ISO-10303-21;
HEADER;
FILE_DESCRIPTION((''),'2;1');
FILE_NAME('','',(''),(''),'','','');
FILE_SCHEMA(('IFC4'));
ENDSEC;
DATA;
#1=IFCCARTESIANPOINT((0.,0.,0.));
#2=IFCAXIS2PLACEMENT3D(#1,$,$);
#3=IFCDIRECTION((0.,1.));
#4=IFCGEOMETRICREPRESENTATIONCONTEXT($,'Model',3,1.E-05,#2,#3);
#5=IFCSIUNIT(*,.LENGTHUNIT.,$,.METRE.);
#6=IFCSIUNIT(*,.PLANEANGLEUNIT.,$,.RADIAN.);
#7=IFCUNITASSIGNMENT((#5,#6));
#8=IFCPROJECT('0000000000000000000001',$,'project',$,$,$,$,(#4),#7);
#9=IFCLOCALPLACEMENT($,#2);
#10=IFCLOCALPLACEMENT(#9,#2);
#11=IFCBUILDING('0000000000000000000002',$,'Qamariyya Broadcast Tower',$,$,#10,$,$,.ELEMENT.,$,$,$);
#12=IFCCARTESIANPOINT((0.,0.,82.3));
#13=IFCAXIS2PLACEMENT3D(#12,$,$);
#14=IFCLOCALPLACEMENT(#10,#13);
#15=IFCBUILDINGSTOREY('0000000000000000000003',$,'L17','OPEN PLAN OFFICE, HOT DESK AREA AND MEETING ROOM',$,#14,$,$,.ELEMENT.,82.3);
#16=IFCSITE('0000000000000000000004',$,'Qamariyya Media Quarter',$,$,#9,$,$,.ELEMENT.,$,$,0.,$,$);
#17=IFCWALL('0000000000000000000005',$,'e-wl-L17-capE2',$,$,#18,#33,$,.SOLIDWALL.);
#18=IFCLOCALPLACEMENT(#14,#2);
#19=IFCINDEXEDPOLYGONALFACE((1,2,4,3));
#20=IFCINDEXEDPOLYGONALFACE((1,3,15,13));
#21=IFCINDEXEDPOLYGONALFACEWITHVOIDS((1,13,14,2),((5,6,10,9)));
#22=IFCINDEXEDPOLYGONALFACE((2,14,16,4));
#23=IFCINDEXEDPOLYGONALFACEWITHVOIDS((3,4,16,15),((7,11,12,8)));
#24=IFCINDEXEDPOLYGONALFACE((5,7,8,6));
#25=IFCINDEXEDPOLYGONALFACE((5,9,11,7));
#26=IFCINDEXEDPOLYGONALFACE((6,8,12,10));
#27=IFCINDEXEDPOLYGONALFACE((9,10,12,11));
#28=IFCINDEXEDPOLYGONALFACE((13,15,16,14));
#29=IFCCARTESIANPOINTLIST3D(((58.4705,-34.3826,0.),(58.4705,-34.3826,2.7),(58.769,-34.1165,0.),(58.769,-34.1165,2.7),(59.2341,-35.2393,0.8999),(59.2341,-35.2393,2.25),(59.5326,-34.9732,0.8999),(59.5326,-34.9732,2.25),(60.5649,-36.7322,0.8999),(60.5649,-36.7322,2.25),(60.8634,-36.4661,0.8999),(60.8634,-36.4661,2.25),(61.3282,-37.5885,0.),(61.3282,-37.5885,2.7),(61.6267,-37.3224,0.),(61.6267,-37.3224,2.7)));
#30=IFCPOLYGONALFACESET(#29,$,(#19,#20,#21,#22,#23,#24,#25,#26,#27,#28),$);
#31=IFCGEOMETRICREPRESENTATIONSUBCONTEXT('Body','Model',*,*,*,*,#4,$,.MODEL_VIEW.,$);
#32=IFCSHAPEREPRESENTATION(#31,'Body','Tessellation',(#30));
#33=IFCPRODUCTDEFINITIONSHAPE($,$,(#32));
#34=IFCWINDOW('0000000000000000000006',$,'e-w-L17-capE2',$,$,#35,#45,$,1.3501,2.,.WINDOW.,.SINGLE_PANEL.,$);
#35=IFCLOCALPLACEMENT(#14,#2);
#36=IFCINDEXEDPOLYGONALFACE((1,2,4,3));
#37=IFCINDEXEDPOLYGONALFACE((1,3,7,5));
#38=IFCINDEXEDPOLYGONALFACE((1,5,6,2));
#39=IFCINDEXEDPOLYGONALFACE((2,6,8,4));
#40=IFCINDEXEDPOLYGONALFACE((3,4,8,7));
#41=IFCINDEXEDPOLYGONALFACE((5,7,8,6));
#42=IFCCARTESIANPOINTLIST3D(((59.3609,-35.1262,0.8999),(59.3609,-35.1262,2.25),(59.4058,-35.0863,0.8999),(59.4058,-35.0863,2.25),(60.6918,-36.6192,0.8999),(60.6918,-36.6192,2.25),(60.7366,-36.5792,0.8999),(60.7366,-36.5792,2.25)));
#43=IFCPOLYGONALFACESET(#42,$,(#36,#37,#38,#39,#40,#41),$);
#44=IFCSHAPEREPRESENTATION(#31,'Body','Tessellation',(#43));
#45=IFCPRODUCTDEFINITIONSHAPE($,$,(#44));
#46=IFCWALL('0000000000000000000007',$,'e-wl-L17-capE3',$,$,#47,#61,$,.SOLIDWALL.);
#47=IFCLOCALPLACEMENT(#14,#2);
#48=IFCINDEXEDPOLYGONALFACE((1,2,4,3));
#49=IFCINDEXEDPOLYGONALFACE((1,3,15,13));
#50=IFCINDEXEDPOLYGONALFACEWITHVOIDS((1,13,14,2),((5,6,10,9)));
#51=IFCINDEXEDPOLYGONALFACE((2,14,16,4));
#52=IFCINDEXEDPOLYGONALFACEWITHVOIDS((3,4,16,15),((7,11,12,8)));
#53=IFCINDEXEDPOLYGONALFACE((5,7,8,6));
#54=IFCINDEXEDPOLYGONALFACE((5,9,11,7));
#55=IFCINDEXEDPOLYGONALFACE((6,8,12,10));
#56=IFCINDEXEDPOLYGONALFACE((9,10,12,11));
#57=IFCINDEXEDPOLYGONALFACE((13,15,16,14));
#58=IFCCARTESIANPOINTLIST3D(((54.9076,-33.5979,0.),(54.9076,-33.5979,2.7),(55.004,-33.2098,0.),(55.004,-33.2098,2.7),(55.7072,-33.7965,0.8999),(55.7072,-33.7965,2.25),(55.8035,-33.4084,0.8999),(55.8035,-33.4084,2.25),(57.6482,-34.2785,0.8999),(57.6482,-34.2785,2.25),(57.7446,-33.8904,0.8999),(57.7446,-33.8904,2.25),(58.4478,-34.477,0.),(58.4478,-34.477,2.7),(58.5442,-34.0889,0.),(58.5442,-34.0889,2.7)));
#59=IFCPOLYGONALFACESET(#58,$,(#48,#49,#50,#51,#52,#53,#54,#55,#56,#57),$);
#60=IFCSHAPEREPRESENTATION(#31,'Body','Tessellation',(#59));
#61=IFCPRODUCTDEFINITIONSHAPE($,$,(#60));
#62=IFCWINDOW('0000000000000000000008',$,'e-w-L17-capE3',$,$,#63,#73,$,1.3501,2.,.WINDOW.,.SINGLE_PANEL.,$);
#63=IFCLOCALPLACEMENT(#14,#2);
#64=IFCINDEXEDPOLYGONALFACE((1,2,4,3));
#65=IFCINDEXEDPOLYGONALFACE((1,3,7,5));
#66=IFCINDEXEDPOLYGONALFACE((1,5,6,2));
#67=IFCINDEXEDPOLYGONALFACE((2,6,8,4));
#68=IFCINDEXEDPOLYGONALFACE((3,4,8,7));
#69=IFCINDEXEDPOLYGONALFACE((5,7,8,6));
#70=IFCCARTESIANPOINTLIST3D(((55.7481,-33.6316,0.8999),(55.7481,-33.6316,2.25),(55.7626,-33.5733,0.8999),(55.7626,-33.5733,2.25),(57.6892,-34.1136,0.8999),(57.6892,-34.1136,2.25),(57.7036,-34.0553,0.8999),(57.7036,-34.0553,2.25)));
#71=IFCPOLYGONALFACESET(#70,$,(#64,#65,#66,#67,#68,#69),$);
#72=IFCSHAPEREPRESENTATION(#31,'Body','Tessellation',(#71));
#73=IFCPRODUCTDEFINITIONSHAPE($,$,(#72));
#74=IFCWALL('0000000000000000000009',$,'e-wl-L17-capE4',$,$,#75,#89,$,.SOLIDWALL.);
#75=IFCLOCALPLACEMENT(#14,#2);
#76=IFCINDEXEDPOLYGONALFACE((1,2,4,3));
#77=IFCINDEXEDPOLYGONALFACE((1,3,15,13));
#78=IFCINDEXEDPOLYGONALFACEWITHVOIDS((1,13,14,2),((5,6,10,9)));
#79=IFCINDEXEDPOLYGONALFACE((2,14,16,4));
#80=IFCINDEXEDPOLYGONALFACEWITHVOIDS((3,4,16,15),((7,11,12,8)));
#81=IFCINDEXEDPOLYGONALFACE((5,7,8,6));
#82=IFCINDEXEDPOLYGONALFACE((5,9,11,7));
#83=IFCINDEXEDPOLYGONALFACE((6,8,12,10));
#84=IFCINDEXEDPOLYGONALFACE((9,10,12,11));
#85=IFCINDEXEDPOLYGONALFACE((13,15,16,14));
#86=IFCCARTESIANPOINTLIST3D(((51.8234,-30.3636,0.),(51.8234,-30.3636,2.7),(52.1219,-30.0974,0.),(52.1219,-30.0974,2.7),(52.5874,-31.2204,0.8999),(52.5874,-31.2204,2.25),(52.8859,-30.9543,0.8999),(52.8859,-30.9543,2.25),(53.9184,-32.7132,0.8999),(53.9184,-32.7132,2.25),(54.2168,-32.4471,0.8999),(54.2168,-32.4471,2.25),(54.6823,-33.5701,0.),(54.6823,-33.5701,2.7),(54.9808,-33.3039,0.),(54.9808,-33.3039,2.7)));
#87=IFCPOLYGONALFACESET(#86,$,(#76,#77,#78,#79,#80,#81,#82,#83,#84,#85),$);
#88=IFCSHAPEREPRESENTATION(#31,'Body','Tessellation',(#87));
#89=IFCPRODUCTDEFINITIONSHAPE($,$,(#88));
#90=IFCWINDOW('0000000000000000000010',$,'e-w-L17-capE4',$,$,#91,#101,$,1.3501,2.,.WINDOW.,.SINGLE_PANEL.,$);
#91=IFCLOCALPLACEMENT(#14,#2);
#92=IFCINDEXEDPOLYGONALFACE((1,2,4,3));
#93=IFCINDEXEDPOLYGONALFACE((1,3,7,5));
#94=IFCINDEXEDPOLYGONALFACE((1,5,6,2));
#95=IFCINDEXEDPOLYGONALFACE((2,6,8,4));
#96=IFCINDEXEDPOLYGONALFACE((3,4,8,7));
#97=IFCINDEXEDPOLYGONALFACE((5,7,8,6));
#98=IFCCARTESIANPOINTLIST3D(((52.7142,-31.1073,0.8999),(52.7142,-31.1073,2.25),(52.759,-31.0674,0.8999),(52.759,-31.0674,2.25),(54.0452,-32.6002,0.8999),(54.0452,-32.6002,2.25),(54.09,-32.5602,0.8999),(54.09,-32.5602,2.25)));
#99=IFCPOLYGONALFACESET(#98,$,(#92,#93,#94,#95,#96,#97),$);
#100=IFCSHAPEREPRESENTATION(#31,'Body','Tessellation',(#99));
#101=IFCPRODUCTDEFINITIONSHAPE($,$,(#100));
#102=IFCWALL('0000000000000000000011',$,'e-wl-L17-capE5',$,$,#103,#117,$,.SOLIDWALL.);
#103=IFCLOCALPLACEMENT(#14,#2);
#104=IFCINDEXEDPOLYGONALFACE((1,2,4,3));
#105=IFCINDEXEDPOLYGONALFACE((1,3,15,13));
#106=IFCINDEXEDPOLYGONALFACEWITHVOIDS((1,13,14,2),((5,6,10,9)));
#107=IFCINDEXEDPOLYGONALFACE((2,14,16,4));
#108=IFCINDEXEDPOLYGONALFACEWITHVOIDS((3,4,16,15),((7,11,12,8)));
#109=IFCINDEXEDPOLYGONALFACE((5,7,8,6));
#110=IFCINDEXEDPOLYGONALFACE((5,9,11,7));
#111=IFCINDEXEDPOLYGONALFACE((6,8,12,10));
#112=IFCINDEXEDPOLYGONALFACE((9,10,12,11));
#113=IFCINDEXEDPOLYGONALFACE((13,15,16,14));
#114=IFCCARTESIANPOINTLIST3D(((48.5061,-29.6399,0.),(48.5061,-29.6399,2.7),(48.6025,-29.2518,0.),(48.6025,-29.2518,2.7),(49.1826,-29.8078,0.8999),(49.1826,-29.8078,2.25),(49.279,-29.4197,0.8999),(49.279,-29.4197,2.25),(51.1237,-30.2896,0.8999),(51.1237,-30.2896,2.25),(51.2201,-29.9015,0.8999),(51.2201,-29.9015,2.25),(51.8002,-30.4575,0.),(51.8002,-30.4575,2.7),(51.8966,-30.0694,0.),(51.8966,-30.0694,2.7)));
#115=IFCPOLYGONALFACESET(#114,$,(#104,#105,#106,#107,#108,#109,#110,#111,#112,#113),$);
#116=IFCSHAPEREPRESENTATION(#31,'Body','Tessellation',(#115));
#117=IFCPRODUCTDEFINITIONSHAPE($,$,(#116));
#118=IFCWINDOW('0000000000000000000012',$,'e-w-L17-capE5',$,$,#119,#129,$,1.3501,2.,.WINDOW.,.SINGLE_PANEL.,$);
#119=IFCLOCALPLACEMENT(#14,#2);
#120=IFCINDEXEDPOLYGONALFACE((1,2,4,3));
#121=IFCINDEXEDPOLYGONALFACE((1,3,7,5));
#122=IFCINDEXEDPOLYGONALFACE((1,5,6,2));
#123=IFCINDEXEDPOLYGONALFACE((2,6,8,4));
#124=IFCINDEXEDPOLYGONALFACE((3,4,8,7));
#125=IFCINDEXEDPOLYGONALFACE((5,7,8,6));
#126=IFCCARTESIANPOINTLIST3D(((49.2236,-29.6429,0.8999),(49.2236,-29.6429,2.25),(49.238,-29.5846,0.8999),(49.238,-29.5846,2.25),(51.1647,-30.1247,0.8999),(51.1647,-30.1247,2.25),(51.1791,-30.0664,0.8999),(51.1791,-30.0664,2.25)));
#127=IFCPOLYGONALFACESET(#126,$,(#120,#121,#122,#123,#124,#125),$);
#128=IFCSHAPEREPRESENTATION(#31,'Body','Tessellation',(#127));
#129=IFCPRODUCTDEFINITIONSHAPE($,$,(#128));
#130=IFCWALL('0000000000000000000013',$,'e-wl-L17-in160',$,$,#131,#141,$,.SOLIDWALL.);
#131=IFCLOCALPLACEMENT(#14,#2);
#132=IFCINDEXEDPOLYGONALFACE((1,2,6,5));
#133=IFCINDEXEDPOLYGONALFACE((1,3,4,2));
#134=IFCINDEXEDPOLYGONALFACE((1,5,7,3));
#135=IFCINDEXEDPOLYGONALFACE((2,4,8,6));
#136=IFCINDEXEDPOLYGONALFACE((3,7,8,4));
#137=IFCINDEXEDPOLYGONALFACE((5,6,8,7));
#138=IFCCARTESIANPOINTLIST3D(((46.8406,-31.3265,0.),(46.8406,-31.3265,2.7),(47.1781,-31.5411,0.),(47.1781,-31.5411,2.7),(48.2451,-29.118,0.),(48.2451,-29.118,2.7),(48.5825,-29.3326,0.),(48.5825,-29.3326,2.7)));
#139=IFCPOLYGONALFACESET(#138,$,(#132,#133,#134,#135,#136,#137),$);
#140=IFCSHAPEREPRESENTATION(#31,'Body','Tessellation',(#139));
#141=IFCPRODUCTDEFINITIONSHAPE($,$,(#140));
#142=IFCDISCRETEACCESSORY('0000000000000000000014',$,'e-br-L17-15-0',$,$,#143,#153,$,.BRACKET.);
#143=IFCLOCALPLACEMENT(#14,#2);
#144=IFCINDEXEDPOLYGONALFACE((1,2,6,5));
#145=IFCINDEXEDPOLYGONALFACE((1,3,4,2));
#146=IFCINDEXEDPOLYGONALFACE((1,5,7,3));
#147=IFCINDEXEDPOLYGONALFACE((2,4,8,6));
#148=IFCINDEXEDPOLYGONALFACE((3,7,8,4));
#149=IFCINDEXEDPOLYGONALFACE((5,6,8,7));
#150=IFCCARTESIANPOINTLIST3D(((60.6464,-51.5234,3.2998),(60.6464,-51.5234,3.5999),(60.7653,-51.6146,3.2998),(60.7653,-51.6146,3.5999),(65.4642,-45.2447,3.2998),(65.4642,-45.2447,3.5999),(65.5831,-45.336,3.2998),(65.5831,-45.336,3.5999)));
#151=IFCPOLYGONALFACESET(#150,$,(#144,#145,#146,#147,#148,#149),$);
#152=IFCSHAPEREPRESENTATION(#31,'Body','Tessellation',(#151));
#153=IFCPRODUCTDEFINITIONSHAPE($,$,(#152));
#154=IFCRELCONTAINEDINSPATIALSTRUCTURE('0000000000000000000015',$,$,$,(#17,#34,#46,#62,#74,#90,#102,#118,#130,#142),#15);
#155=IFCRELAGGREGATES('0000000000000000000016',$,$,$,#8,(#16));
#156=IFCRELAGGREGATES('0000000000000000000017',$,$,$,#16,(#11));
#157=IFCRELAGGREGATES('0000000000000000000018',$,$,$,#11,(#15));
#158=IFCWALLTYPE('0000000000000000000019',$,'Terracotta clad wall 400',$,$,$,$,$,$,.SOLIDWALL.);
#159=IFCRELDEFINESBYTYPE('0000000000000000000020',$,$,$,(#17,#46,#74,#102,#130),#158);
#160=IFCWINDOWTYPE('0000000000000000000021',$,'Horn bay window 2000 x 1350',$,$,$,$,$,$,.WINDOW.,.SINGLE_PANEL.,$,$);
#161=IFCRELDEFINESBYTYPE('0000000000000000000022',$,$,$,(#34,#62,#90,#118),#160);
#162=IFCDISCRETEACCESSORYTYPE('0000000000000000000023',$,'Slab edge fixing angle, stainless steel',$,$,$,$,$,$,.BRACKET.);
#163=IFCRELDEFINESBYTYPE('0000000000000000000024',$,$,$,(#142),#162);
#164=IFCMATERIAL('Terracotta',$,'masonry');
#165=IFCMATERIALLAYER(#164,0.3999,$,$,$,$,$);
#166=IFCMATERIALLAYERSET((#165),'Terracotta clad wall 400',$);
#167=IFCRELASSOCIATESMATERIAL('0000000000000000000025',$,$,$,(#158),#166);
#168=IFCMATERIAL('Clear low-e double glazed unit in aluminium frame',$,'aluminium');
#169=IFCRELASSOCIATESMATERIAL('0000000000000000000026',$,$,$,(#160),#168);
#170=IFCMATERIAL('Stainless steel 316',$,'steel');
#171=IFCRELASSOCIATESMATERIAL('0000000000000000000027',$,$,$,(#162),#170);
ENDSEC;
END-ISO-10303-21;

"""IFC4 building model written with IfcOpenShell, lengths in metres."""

from ifc_helpers import new_model, si_unit, direction, frame, frame_2d, origin, origin_2d, place, context, subcontext, project, spatial, rectangle, extrude, material, layer, layer_set, type_object, element, fill, save


model = new_model("IFC4")

# Units and contexts
model_context = context("Model", 3, precision=1e-05, world=origin(), true_north=direction((0.0, 1.0)))
body_context = subcontext(model_context, "Body", "Model", "MODEL_VIEW")
ifc_project = project(units=[si_unit("LENGTHUNIT", "METRE"), si_unit("PLANEANGLEUNIT", "RADIAN")], contexts=[model_context])

# Site, building, storey
site_placement = place(None, origin())
site = spatial("IfcSite", under=ifc_project, at=site_placement, Name="Qamariyya Media Quarter", CompositionType="ELEMENT", RefElevation=0.0)
building_placement = place(site_placement, origin())
building = spatial("IfcBuilding", under=site, at=building_placement, Name="Qamariyya Broadcast Tower", CompositionType="ELEMENT")
storey_placement = place(building_placement, frame((0.0, 0.0, 82.3)))
storey = spatial("IfcBuildingStorey", under=building, at=storey_placement, Name="L17", Description="OPEN PLAN OFFICE, HOT DESK AREA AND MEETING ROOM", CompositionType="ELEMENT", Elevation=82.3)

# Walls, openings, windows
ifc_material_1 = material(Name="Terracotta", Category="masonry")
ifc_layer = layer(ifc_material_1, 0.3999)
ifc_layer_set = layer_set([ifc_layer], Name="Terracotta clad wall 400")
wall_type = type_object("IfcWallType", Name="Terracotta clad wall 400", PredefinedType="SOLIDWALL", material=ifc_layer_set)
ifc_material_2 = material(Name="Clear low-e double glazed unit in aluminium frame", Category="aluminium")
window_type = type_object("IfcWindowType", Name="Horn bay window 2000 x 1350", PartitioningType="SINGLE_PANEL", PredefinedType="WINDOW", material=ifc_material_2)
wall_1_placement = place(storey_placement, frame((61.4775, -37.4556, 0.0), z_axis=(0.0, 0.0, 1.0), x_axis=(-0.665411, 0.746477, 0.0)))
wall_1 = element("IfcWall", 1, at=wall_1_placement, inside=storey, type_object=wall_type, Name="e-wl-L17-capE2", PredefinedType="SOLIDWALL", context=body_context, shape_type="SweptSolid", body=[
    extrude(rectangle(XDim=4.2947, YDim=0.3999, at=frame_2d((2.1475, 0.0))), origin(), (0.0, 0.0, 1.0), 2.7),
])
opening_1_placement = place(wall_1_placement, frame((1.1472, 0.0, 0.8999)))
opening_1 = element("IfcOpeningElement", 2, at=opening_1_placement, cuts=wall_1, PredefinedType="OPENING", context=body_context, shape_type="SweptSolid", body=[
    extrude(rectangle(XDim=2.0, YDim=1.3501, at=frame_2d((1.0, 0.675))), frame((0.0, 0.21, 0.0), z_axis=(0.0, -1.0, 0.0), x_axis=(1.0, 0.0, 0.0)), (0.0, 0.0, 1.0), 0.4199),
])
window_1_placement = place(opening_1_placement, origin())
window_1 = element("IfcWindow", 3, at=window_1_placement, inside=storey, type_object=window_type, Name="e-w-L17-capE2", OverallHeight=1.3501, OverallWidth=2.0, PartitioningType="SINGLE_PANEL", PredefinedType="WINDOW", context=body_context, shape_type="SweptSolid", body=[
    extrude(rectangle(XDim=2.0, YDim=1.3501, at=frame_2d((1.0, 0.675))), frame((0.0, 0.03, 0.0), z_axis=(0.0, -1.0, 0.0), x_axis=(1.0, 0.0, 0.0)), (0.0, 0.0, 1.0), 0.0601),
])
fill(opening_1, window_1)
wall_2_placement = place(storey_placement, frame((58.4958, -34.283, 0.0), z_axis=(0.0, 0.0, 1.0), x_axis=(-0.970523, 0.241008, 0.0)))
wall_2 = element("IfcWall", 4, at=wall_2_placement, inside=storey, type_object=wall_type, Name="e-wl-L17-capE3", PredefinedType="SOLIDWALL", context=body_context, shape_type="SweptSolid", body=[
    extrude(rectangle(XDim=3.6477, YDim=0.3999, at=frame_2d((1.8237, 0.0))), origin(), (0.0, 0.0, 1.0), 2.7),
])
opening_2_placement = place(wall_2_placement, frame((0.8237, 0.0, 0.8999)))
opening_2 = element("IfcOpeningElement", 5, at=opening_2_placement, cuts=wall_2, PredefinedType="OPENING", context=body_context, shape_type="SweptSolid", body=[
    extrude(rectangle(XDim=2.0, YDim=1.3501, at=frame_2d((1.0, 0.675))), frame((0.0, 0.21, 0.0), z_axis=(0.0, -1.0, 0.0), x_axis=(1.0, 0.0, 0.0)), (0.0, 0.0, 1.0), 0.4199),
])
window_2_placement = place(opening_2_placement, origin())
window_2 = element("IfcWindow", 6, at=window_2_placement, inside=storey, type_object=window_type, Name="e-w-L17-capE3", OverallHeight=1.3501, OverallWidth=2.0, PartitioningType="SINGLE_PANEL", PredefinedType="WINDOW", context=body_context, shape_type="SweptSolid", body=[
    extrude(rectangle(XDim=2.0, YDim=1.3501, at=frame_2d((1.0, 0.675))), frame((0.0, 0.03, 0.0), z_axis=(0.0, -1.0, 0.0), x_axis=(1.0, 0.0, 0.0)), (0.0, 0.0, 1.0), 0.0601),
])
fill(opening_2, window_2)
wall_3_placement = place(storey_placement, frame((54.8315, -33.437, 0.0), z_axis=(0.0, 0.0, 1.0), x_axis=(-0.665485, 0.746411, 0.0)))
wall_3 = element("IfcWall", 7, at=wall_3_placement, inside=storey, type_object=wall_type, Name="e-wl-L17-capE4", PredefinedType="SOLIDWALL", context=body_context, shape_type="SweptSolid", body=[
    extrude(rectangle(XDim=4.2959, YDim=0.3999, at=frame_2d((2.1479, 0.0))), origin(), (0.0, 0.0, 1.0), 2.7),
])
opening_3_placement = place(wall_3_placement, frame((1.1479, 0.0, 0.8999)))
opening_3 = element("IfcOpeningElement", 8, at=opening_3_placement, cuts=wall_3, PredefinedType="OPENING", context=body_context, shape_type="SweptSolid", body=[
    extrude(rectangle(XDim=2.0, YDim=1.3501, at=frame_2d((1.0, 0.675))), frame((0.0, 0.21, 0.0), z_axis=(0.0, -1.0, 0.0), x_axis=(1.0, 0.0, 0.0)), (0.0, 0.0, 1.0), 0.4199),
])
window_3_placement = place(opening_3_placement, origin())
window_3 = element("IfcWindow", 9, at=window_3_placement, inside=storey, type_object=window_type, Name="e-w-L17-capE4", OverallHeight=1.3501, OverallWidth=2.0, PartitioningType="SINGLE_PANEL", PredefinedType="WINDOW", context=body_context, shape_type="SweptSolid", body=[
    extrude(rectangle(XDim=2.0, YDim=1.3501, at=frame_2d((1.0, 0.675))), frame((0.0, 0.03, 0.0), z_axis=(0.0, -1.0, 0.0), x_axis=(1.0, 0.0, 0.0)), (0.0, 0.0, 1.0), 0.0601),
])
fill(opening_3, window_3)
wall_4_placement = place(storey_placement, frame((51.8484, -30.2634, 0.0), z_axis=(0.0, 0.0, 1.0), x_axis=(-0.970552, 0.240894, 0.0)))
wall_4 = element("IfcWall", 10, at=wall_4_placement, inside=storey, type_object=wall_type, Name="e-wl-L17-capE5", PredefinedType="SOLIDWALL", context=body_context, shape_type="SweptSolid", body=[
    extrude(rectangle(XDim=3.394, YDim=0.3999, at=frame_2d((1.697, 0.0))), origin(), (0.0, 0.0, 1.0), 2.7),
])
opening_4_placement = place(wall_4_placement, frame((0.697, 0.0, 0.8999)))
opening_4 = element("IfcOpeningElement", 11, at=opening_4_placement, cuts=wall_4, PredefinedType="OPENING", context=body_context, shape_type="SweptSolid", body=[
    extrude(rectangle(XDim=2.0, YDim=1.3501, at=frame_2d((1.0, 0.675))), frame((0.0, 0.21, 0.0), z_axis=(0.0, -1.0, 0.0), x_axis=(1.0, 0.0, 0.0)), (0.0, 0.0, 1.0), 0.4199),
])
window_4_placement = place(opening_4_placement, origin())
window_4 = element("IfcWindow", 12, at=window_4_placement, inside=storey, type_object=window_type, Name="e-w-L17-capE5", OverallHeight=1.3501, OverallWidth=2.0, PartitioningType="SINGLE_PANEL", PredefinedType="WINDOW", context=body_context, shape_type="SweptSolid", body=[
    extrude(rectangle(XDim=2.0, YDim=1.3501, at=frame_2d((1.0, 0.675))), frame((0.0, 0.03, 0.0), z_axis=(0.0, -1.0, 0.0), x_axis=(1.0, 0.0, 0.0)), (0.0, 0.0, 1.0), 0.0601),
])
fill(opening_4, window_4)

# Wall
wall_5_placement = place(storey_placement, frame((48.4138, -29.2253, 0.0), z_axis=(0.0, 0.0, 1.0), x_axis=(-0.53664, -0.843811, 0.0)))
element("IfcWall", 13, at=wall_5_placement, inside=storey, type_object=wall_type, Name="e-wl-L17-in160", PredefinedType="SOLIDWALL", context=body_context, shape_type="SweptSolid", body=[
    extrude(rectangle(XDim=2.6172, YDim=0.3999, at=frame_2d((1.3086, 0.0))), origin(), (0.0, 0.0, 1.0), 2.7),
])

# Discrete accessory
ifc_material_3 = material(Name="Stainless steel 316", Category="steel")
discrete_accessory_type = type_object("IfcDiscreteAccessoryType", Name="Slab edge fixing angle, stainless steel", PredefinedType="BRACKET", material=ifc_material_3)
discrete_accessory_placement = place(storey_placement, frame((63.1147, -48.4297, 3.2998), z_axis=(0.0, 0.0, 1.0), x_axis=(0.608761, 0.793353, 0.0)))
element("IfcDiscreteAccessory", 14, at=discrete_accessory_placement, inside=storey, type_object=discrete_accessory_type, Name="e-br-L17-15-0", PredefinedType="BRACKET", context=body_context, shape_type="SweptSolid", body=[
    extrude(rectangle(XDim=7.9141, YDim=0.1499, at=origin_2d()), origin(), (0.0, 0.0, 1.0), 0.3),
])

save(model, "model.ifc")
